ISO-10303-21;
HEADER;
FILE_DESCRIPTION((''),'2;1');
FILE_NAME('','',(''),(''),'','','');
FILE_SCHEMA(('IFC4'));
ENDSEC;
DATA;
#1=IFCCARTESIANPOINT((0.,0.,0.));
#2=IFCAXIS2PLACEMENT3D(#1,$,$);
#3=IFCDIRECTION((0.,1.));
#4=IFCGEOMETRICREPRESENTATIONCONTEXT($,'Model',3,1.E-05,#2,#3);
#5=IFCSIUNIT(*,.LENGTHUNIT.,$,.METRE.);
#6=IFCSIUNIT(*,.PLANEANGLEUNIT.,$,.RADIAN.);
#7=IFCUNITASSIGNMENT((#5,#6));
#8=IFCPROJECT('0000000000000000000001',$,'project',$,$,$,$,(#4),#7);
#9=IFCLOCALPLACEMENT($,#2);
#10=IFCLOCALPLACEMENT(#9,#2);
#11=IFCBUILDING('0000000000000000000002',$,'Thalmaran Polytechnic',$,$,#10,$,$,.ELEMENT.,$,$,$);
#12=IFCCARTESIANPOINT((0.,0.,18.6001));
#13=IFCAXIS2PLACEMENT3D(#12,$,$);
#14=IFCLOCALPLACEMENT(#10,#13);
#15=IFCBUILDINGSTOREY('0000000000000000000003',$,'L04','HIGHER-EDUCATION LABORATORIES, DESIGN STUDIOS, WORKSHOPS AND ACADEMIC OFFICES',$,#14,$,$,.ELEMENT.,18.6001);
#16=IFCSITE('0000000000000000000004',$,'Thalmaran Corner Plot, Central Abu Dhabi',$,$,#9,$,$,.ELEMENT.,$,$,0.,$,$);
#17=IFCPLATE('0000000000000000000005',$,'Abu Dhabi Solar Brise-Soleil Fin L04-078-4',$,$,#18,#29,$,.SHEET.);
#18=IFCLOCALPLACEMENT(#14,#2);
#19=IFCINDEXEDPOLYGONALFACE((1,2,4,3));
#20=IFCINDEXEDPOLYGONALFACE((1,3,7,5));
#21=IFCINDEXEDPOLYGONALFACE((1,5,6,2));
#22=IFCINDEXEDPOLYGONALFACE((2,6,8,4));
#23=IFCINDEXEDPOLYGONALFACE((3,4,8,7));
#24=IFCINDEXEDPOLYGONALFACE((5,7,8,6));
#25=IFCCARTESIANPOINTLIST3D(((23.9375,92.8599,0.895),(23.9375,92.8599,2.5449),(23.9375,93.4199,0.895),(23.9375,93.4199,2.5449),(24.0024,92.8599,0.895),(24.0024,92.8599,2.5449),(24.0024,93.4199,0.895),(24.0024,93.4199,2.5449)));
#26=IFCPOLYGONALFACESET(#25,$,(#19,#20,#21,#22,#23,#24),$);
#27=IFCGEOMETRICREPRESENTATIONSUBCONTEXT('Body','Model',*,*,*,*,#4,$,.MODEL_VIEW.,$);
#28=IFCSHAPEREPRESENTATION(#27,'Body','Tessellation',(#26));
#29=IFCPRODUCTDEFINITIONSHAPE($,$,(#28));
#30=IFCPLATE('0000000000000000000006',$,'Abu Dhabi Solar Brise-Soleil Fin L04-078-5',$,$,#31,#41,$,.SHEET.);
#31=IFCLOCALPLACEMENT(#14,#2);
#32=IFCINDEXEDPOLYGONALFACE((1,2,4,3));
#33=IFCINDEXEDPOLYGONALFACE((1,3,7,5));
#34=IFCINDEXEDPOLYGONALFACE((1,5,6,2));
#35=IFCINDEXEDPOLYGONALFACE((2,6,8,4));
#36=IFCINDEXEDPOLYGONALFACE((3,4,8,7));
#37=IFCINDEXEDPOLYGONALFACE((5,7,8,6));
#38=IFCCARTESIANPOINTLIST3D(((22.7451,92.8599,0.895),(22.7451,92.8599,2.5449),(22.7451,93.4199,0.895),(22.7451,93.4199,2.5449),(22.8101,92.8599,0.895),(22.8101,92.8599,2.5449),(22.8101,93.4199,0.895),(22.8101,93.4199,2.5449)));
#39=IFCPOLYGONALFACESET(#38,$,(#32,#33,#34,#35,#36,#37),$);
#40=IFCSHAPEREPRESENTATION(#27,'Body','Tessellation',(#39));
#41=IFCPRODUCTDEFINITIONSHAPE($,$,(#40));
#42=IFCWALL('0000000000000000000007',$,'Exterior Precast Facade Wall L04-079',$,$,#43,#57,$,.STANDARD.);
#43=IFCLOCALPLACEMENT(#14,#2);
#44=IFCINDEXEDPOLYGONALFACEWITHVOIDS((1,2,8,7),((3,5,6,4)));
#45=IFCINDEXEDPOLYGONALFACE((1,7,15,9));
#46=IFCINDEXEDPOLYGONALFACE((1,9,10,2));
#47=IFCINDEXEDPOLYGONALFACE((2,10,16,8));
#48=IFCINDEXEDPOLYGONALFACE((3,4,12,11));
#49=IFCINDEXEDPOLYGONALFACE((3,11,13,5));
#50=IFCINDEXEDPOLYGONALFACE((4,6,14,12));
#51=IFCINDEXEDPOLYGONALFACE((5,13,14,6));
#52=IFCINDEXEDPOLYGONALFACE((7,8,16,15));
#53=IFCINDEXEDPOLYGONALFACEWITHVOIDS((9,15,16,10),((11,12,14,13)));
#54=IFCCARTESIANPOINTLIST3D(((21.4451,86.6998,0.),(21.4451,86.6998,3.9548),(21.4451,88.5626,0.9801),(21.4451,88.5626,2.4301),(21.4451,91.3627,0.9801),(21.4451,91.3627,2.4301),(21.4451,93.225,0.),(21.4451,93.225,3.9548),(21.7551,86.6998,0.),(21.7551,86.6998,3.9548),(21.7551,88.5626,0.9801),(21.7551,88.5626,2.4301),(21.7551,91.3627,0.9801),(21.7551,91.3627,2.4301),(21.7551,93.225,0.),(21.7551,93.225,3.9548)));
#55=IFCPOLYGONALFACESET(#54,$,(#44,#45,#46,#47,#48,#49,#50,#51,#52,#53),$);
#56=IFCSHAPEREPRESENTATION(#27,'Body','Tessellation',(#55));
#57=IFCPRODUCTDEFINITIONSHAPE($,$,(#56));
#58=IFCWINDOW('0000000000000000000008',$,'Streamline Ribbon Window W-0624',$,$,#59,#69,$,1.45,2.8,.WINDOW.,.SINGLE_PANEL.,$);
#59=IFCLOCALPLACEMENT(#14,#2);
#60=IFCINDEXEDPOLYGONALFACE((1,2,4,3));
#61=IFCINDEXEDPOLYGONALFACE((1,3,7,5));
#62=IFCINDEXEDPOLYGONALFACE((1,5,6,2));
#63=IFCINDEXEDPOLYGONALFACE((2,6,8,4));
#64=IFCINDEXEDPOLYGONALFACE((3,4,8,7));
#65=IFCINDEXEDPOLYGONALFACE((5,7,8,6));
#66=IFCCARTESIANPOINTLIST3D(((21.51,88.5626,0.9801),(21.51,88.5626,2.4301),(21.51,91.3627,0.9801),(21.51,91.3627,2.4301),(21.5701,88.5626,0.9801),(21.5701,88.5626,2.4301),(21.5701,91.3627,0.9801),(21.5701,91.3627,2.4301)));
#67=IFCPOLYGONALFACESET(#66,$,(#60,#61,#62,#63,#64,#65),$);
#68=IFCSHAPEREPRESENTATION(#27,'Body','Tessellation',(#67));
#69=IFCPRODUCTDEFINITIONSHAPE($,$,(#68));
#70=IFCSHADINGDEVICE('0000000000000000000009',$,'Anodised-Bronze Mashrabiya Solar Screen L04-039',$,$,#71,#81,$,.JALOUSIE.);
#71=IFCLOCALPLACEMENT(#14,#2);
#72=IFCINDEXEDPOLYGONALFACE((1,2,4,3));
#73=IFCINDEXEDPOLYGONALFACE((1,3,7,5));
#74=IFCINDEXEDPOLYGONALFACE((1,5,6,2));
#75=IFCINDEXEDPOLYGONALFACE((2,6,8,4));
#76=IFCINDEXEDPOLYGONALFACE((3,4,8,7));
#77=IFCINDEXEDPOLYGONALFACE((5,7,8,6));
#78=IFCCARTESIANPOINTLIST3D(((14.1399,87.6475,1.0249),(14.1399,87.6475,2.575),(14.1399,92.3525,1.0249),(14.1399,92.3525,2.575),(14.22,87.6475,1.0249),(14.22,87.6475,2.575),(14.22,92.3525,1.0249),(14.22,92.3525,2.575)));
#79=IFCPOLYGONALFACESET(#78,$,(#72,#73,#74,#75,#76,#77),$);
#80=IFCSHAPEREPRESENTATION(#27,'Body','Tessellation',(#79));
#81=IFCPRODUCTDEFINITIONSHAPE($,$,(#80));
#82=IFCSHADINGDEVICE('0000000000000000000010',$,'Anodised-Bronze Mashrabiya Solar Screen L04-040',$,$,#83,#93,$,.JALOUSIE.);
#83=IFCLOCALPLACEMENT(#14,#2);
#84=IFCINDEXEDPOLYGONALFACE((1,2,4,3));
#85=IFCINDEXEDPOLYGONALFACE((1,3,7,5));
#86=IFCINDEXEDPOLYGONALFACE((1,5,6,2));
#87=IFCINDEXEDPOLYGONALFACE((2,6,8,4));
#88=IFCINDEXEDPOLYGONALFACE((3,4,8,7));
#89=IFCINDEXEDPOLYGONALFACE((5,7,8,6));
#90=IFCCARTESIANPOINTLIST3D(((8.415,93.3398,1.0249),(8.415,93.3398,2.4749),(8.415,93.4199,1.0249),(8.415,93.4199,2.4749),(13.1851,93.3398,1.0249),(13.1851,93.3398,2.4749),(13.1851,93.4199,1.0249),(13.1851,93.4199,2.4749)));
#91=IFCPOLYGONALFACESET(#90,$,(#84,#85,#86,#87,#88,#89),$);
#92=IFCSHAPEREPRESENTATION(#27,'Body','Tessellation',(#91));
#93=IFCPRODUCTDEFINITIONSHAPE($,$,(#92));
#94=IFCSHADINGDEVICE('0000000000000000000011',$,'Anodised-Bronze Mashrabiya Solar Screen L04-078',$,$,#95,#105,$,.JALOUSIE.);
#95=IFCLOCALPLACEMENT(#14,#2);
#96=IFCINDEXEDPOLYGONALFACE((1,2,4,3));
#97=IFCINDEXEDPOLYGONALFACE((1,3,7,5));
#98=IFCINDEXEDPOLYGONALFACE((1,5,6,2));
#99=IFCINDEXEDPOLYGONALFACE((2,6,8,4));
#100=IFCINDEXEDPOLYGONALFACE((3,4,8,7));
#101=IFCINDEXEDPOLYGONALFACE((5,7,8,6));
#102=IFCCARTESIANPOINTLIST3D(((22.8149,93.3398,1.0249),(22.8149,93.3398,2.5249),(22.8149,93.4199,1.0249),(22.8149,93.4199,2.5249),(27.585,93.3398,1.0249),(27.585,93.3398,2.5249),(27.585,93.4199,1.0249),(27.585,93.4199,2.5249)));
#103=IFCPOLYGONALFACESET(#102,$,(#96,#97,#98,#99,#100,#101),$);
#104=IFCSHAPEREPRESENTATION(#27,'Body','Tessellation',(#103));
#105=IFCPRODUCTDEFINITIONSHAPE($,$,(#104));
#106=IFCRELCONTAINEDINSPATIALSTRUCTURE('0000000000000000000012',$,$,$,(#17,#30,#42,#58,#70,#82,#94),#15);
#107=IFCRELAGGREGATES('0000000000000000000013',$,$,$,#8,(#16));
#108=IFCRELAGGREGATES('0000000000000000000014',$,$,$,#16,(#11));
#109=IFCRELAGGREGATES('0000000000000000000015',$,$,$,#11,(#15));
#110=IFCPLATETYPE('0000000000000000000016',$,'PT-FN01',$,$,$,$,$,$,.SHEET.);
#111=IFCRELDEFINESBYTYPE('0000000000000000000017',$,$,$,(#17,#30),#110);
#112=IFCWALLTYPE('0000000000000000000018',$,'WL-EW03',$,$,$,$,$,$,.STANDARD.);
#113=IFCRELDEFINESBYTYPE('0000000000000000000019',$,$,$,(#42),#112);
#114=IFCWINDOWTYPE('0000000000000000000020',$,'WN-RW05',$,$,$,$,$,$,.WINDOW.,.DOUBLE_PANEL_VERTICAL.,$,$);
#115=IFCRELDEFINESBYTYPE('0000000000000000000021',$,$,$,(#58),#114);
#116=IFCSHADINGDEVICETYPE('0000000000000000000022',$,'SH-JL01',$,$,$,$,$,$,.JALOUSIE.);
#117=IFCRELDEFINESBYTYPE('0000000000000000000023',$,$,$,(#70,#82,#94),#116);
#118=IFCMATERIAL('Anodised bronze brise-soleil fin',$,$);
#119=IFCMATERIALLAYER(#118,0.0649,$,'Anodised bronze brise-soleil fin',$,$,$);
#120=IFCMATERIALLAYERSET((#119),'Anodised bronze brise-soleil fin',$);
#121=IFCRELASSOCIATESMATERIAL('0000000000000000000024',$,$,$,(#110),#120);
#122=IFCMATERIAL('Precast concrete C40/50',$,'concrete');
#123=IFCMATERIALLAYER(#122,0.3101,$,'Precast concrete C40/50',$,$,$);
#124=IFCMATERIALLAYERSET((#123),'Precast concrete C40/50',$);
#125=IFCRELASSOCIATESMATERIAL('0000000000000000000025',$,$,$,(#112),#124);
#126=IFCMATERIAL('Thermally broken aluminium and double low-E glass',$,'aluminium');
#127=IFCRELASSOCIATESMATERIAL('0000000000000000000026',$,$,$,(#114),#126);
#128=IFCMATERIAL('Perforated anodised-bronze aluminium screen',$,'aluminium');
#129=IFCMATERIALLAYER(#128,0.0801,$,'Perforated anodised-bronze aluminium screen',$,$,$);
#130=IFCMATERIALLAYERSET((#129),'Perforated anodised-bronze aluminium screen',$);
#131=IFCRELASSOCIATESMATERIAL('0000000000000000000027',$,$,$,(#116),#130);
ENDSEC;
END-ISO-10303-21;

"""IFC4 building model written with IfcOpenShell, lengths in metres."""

from ifc_helpers import new_model, si_unit, direction, frame, frame_2d, origin, origin_2d, place, context, subcontext, project, spatial, rectangle, extrude, material, layer, layer_set, type_object, element, fill, save


model = new_model("IFC4")

# Units and contexts
model_context = context("Model", 3, precision=1e-05, world=origin(), true_north=direction((0.0, 1.0)))
body_context = subcontext(model_context, "Body", "Model", "MODEL_VIEW")
ifc_project = project(units=[si_unit("LENGTHUNIT", "METRE"), si_unit("PLANEANGLEUNIT", "RADIAN")], contexts=[model_context])

# Site, building, storey
site_placement = place(None, origin())
site = spatial("IfcSite", under=ifc_project, at=site_placement, Name="Thalmaran Corner Plot, Central Abu Dhabi", CompositionType="ELEMENT", RefElevation=0.0)
building_placement = place(site_placement, origin())
building = spatial("IfcBuilding", under=site, at=building_placement, Name="Thalmaran Polytechnic", CompositionType="ELEMENT")
storey_placement = place(building_placement, frame((0.0, 0.0, 18.6001)))
storey = spatial("IfcBuildingStorey", under=building, at=storey_placement, Name="L04", Description="HIGHER-EDUCATION LABORATORIES, DESIGN STUDIOS, WORKSHOPS AND ACADEMIC OFFICES", CompositionType="ELEMENT", Elevation=18.6001)

# Plates
ifc_material_1 = material(Name="Anodised bronze brise-soleil fin")
ifc_layer_1 = layer(ifc_material_1, 0.0649, Name="Anodised bronze brise-soleil fin")
ifc_layer_set_1 = layer_set([ifc_layer_1], Name="Anodised bronze brise-soleil fin")
plate_type_1 = type_object("IfcPlateType", Name="PT-FN01", PredefinedType="SHEET", material=ifc_layer_set_1)
for number, where, z_axis, x_axis, name in (
    (1, (23.97, 93.1399, 0.895), (0.0, 0.0, 1.0), (-1.0, 0.0, 0.0), "Abu Dhabi Solar Brise-Soleil Fin L04-078-4"),
    (2, (22.7776, 93.1399, 0.895), (0.0, 0.0, 1.0), (-1.0, 0.0, 0.0), "Abu Dhabi Solar Brise-Soleil Fin L04-078-5"),
):
    element("IfcPlate", number, at=place(storey_placement, frame(where, z_axis=z_axis, x_axis=x_axis)), inside=storey, type_object=plate_type_1, Name=name, PredefinedType="SHEET", context=body_context, shape_type="SweptSolid", body=[
        extrude(rectangle(XDim=0.0649, YDim=0.5601, at=origin_2d()), origin(), (0.0, 0.0, 1.0), 1.6499),
    ])

# Wall, opening, window
ifc_material_2 = material(Name="Precast concrete C40/50", Category="concrete")
ifc_layer_2 = layer(ifc_material_2, 0.3101, Name="Precast concrete C40/50")
ifc_layer_set_2 = layer_set([ifc_layer_2], Name="Precast concrete C40/50")
wall_type = type_object("IfcWallType", Name="WL-EW03", PredefinedType="STANDARD", material=ifc_layer_set_2)
wall_placement = place(storey_placement, frame((21.6001, 93.2251, 0.0), z_axis=(0.0, 0.0, 1.0), x_axis=(0.0, -1.0, 0.0)))
wall = element("IfcWall", 3, at=wall_placement, inside=storey, type_object=wall_type, Name="Exterior Precast Facade Wall L04-079", PredefinedType="STANDARD", context=body_context, shape_type="SweptSolid", body=[
    extrude(rectangle(XDim=6.5251, YDim=0.3101, at=frame_2d((3.2627, 0.0))), origin(), (0.0, 0.0, 1.0), 3.9548),
])
opening_placement = place(wall_placement, frame((1.8625, 0.0, 0.98)))
opening = element("IfcOpeningElement", 4, at=opening_placement, cuts=wall, PredefinedType="OPENING", context=body_context, shape_type="SweptSolid", body=[
    extrude(rectangle(XDim=2.8, YDim=1.45, at=frame_2d((1.3999, 0.7251))), frame((0.0, 0.165, 0.0), z_axis=(0.0, -1.0, 0.0), x_axis=(1.0, 0.0, 0.0)), (0.0, 0.0, 1.0), 0.3301),
])
ifc_material_3 = material(Name="Thermally broken aluminium and double low-E glass", Category="aluminium")
window_type = type_object("IfcWindowType", Name="WN-RW05", PartitioningType="DOUBLE_PANEL_VERTICAL", PredefinedType="WINDOW", material=ifc_material_3)
window_placement = place(opening_placement, origin())
window = element("IfcWindow", 5, at=window_placement, inside=storey, type_object=window_type, Name="Streamline Ribbon Window W-0624", OverallHeight=1.45, OverallWidth=2.8, PartitioningType="SINGLE_PANEL", PredefinedType="WINDOW", context=body_context, shape_type="SweptSolid", body=[
    extrude(rectangle(XDim=2.8, YDim=1.45, at=frame_2d((1.3999, 0.7251))), frame((0.0, -0.03, 0.0), z_axis=(0.0, -1.0, 0.0), x_axis=(1.0, 0.0, 0.0)), (0.0, 0.0, 1.0), 0.0601),
])
fill(opening, window)

# Shading devices
ifc_material_4 = material(Name="Perforated anodised-bronze aluminium screen", Category="aluminium")
ifc_layer_3 = layer(ifc_material_4, 0.0801, Name="Perforated anodised-bronze aluminium screen")
ifc_layer_set_3 = layer_set([ifc_layer_3], Name="Perforated anodised-bronze aluminium screen")
shading_device_type = type_object("IfcShadingDeviceType", Name="SH-JL01", PredefinedType="JALOUSIE", material=ifc_layer_set_3)
shading_device_1_placement = place(storey_placement, frame((14.1799, 90.0, 1.0249), z_axis=(0.0, 0.0, 1.0), x_axis=(0.0, 1.0, 0.0)))
element("IfcShadingDevice", 6, at=shading_device_1_placement, inside=storey, type_object=shading_device_type, Name="Anodised-Bronze Mashrabiya Solar Screen L04-039", PredefinedType="JALOUSIE", context=body_context, shape_type="SweptSolid", body=[
    extrude(rectangle(XDim=4.7051, YDim=0.0801, at=origin_2d()), origin(), (0.0, 0.0, 1.0), 1.55),
])
shading_device_2_placement = place(storey_placement, frame((10.8, 93.3799, 1.0249), z_axis=(0.0, 0.0, 1.0), x_axis=(-1.0, 0.0, 0.0)))
element("IfcShadingDevice", 7, at=shading_device_2_placement, inside=storey, type_object=shading_device_type, Name="Anodised-Bronze Mashrabiya Solar Screen L04-040", PredefinedType="JALOUSIE", context=body_context, shape_type="SweptSolid", body=[
    extrude(rectangle(XDim=4.77, YDim=0.0801, at=origin_2d()), origin(), (0.0, 0.0, 1.0), 1.45),
])
shading_device_3_placement = place(storey_placement, frame((25.2, 93.3799, 1.0249), z_axis=(0.0, 0.0, 1.0), x_axis=(-1.0, 0.0, 0.0)))
element("IfcShadingDevice", 8, at=shading_device_3_placement, inside=storey, type_object=shading_device_type, Name="Anodised-Bronze Mashrabiya Solar Screen L04-078", PredefinedType="JALOUSIE", context=body_context, shape_type="SweptSolid", body=[
    extrude(rectangle(XDim=4.77, YDim=0.0801, at=origin_2d()), origin(), (0.0, 0.0, 1.0), 1.5),
])

save(model, "model.ifc")
